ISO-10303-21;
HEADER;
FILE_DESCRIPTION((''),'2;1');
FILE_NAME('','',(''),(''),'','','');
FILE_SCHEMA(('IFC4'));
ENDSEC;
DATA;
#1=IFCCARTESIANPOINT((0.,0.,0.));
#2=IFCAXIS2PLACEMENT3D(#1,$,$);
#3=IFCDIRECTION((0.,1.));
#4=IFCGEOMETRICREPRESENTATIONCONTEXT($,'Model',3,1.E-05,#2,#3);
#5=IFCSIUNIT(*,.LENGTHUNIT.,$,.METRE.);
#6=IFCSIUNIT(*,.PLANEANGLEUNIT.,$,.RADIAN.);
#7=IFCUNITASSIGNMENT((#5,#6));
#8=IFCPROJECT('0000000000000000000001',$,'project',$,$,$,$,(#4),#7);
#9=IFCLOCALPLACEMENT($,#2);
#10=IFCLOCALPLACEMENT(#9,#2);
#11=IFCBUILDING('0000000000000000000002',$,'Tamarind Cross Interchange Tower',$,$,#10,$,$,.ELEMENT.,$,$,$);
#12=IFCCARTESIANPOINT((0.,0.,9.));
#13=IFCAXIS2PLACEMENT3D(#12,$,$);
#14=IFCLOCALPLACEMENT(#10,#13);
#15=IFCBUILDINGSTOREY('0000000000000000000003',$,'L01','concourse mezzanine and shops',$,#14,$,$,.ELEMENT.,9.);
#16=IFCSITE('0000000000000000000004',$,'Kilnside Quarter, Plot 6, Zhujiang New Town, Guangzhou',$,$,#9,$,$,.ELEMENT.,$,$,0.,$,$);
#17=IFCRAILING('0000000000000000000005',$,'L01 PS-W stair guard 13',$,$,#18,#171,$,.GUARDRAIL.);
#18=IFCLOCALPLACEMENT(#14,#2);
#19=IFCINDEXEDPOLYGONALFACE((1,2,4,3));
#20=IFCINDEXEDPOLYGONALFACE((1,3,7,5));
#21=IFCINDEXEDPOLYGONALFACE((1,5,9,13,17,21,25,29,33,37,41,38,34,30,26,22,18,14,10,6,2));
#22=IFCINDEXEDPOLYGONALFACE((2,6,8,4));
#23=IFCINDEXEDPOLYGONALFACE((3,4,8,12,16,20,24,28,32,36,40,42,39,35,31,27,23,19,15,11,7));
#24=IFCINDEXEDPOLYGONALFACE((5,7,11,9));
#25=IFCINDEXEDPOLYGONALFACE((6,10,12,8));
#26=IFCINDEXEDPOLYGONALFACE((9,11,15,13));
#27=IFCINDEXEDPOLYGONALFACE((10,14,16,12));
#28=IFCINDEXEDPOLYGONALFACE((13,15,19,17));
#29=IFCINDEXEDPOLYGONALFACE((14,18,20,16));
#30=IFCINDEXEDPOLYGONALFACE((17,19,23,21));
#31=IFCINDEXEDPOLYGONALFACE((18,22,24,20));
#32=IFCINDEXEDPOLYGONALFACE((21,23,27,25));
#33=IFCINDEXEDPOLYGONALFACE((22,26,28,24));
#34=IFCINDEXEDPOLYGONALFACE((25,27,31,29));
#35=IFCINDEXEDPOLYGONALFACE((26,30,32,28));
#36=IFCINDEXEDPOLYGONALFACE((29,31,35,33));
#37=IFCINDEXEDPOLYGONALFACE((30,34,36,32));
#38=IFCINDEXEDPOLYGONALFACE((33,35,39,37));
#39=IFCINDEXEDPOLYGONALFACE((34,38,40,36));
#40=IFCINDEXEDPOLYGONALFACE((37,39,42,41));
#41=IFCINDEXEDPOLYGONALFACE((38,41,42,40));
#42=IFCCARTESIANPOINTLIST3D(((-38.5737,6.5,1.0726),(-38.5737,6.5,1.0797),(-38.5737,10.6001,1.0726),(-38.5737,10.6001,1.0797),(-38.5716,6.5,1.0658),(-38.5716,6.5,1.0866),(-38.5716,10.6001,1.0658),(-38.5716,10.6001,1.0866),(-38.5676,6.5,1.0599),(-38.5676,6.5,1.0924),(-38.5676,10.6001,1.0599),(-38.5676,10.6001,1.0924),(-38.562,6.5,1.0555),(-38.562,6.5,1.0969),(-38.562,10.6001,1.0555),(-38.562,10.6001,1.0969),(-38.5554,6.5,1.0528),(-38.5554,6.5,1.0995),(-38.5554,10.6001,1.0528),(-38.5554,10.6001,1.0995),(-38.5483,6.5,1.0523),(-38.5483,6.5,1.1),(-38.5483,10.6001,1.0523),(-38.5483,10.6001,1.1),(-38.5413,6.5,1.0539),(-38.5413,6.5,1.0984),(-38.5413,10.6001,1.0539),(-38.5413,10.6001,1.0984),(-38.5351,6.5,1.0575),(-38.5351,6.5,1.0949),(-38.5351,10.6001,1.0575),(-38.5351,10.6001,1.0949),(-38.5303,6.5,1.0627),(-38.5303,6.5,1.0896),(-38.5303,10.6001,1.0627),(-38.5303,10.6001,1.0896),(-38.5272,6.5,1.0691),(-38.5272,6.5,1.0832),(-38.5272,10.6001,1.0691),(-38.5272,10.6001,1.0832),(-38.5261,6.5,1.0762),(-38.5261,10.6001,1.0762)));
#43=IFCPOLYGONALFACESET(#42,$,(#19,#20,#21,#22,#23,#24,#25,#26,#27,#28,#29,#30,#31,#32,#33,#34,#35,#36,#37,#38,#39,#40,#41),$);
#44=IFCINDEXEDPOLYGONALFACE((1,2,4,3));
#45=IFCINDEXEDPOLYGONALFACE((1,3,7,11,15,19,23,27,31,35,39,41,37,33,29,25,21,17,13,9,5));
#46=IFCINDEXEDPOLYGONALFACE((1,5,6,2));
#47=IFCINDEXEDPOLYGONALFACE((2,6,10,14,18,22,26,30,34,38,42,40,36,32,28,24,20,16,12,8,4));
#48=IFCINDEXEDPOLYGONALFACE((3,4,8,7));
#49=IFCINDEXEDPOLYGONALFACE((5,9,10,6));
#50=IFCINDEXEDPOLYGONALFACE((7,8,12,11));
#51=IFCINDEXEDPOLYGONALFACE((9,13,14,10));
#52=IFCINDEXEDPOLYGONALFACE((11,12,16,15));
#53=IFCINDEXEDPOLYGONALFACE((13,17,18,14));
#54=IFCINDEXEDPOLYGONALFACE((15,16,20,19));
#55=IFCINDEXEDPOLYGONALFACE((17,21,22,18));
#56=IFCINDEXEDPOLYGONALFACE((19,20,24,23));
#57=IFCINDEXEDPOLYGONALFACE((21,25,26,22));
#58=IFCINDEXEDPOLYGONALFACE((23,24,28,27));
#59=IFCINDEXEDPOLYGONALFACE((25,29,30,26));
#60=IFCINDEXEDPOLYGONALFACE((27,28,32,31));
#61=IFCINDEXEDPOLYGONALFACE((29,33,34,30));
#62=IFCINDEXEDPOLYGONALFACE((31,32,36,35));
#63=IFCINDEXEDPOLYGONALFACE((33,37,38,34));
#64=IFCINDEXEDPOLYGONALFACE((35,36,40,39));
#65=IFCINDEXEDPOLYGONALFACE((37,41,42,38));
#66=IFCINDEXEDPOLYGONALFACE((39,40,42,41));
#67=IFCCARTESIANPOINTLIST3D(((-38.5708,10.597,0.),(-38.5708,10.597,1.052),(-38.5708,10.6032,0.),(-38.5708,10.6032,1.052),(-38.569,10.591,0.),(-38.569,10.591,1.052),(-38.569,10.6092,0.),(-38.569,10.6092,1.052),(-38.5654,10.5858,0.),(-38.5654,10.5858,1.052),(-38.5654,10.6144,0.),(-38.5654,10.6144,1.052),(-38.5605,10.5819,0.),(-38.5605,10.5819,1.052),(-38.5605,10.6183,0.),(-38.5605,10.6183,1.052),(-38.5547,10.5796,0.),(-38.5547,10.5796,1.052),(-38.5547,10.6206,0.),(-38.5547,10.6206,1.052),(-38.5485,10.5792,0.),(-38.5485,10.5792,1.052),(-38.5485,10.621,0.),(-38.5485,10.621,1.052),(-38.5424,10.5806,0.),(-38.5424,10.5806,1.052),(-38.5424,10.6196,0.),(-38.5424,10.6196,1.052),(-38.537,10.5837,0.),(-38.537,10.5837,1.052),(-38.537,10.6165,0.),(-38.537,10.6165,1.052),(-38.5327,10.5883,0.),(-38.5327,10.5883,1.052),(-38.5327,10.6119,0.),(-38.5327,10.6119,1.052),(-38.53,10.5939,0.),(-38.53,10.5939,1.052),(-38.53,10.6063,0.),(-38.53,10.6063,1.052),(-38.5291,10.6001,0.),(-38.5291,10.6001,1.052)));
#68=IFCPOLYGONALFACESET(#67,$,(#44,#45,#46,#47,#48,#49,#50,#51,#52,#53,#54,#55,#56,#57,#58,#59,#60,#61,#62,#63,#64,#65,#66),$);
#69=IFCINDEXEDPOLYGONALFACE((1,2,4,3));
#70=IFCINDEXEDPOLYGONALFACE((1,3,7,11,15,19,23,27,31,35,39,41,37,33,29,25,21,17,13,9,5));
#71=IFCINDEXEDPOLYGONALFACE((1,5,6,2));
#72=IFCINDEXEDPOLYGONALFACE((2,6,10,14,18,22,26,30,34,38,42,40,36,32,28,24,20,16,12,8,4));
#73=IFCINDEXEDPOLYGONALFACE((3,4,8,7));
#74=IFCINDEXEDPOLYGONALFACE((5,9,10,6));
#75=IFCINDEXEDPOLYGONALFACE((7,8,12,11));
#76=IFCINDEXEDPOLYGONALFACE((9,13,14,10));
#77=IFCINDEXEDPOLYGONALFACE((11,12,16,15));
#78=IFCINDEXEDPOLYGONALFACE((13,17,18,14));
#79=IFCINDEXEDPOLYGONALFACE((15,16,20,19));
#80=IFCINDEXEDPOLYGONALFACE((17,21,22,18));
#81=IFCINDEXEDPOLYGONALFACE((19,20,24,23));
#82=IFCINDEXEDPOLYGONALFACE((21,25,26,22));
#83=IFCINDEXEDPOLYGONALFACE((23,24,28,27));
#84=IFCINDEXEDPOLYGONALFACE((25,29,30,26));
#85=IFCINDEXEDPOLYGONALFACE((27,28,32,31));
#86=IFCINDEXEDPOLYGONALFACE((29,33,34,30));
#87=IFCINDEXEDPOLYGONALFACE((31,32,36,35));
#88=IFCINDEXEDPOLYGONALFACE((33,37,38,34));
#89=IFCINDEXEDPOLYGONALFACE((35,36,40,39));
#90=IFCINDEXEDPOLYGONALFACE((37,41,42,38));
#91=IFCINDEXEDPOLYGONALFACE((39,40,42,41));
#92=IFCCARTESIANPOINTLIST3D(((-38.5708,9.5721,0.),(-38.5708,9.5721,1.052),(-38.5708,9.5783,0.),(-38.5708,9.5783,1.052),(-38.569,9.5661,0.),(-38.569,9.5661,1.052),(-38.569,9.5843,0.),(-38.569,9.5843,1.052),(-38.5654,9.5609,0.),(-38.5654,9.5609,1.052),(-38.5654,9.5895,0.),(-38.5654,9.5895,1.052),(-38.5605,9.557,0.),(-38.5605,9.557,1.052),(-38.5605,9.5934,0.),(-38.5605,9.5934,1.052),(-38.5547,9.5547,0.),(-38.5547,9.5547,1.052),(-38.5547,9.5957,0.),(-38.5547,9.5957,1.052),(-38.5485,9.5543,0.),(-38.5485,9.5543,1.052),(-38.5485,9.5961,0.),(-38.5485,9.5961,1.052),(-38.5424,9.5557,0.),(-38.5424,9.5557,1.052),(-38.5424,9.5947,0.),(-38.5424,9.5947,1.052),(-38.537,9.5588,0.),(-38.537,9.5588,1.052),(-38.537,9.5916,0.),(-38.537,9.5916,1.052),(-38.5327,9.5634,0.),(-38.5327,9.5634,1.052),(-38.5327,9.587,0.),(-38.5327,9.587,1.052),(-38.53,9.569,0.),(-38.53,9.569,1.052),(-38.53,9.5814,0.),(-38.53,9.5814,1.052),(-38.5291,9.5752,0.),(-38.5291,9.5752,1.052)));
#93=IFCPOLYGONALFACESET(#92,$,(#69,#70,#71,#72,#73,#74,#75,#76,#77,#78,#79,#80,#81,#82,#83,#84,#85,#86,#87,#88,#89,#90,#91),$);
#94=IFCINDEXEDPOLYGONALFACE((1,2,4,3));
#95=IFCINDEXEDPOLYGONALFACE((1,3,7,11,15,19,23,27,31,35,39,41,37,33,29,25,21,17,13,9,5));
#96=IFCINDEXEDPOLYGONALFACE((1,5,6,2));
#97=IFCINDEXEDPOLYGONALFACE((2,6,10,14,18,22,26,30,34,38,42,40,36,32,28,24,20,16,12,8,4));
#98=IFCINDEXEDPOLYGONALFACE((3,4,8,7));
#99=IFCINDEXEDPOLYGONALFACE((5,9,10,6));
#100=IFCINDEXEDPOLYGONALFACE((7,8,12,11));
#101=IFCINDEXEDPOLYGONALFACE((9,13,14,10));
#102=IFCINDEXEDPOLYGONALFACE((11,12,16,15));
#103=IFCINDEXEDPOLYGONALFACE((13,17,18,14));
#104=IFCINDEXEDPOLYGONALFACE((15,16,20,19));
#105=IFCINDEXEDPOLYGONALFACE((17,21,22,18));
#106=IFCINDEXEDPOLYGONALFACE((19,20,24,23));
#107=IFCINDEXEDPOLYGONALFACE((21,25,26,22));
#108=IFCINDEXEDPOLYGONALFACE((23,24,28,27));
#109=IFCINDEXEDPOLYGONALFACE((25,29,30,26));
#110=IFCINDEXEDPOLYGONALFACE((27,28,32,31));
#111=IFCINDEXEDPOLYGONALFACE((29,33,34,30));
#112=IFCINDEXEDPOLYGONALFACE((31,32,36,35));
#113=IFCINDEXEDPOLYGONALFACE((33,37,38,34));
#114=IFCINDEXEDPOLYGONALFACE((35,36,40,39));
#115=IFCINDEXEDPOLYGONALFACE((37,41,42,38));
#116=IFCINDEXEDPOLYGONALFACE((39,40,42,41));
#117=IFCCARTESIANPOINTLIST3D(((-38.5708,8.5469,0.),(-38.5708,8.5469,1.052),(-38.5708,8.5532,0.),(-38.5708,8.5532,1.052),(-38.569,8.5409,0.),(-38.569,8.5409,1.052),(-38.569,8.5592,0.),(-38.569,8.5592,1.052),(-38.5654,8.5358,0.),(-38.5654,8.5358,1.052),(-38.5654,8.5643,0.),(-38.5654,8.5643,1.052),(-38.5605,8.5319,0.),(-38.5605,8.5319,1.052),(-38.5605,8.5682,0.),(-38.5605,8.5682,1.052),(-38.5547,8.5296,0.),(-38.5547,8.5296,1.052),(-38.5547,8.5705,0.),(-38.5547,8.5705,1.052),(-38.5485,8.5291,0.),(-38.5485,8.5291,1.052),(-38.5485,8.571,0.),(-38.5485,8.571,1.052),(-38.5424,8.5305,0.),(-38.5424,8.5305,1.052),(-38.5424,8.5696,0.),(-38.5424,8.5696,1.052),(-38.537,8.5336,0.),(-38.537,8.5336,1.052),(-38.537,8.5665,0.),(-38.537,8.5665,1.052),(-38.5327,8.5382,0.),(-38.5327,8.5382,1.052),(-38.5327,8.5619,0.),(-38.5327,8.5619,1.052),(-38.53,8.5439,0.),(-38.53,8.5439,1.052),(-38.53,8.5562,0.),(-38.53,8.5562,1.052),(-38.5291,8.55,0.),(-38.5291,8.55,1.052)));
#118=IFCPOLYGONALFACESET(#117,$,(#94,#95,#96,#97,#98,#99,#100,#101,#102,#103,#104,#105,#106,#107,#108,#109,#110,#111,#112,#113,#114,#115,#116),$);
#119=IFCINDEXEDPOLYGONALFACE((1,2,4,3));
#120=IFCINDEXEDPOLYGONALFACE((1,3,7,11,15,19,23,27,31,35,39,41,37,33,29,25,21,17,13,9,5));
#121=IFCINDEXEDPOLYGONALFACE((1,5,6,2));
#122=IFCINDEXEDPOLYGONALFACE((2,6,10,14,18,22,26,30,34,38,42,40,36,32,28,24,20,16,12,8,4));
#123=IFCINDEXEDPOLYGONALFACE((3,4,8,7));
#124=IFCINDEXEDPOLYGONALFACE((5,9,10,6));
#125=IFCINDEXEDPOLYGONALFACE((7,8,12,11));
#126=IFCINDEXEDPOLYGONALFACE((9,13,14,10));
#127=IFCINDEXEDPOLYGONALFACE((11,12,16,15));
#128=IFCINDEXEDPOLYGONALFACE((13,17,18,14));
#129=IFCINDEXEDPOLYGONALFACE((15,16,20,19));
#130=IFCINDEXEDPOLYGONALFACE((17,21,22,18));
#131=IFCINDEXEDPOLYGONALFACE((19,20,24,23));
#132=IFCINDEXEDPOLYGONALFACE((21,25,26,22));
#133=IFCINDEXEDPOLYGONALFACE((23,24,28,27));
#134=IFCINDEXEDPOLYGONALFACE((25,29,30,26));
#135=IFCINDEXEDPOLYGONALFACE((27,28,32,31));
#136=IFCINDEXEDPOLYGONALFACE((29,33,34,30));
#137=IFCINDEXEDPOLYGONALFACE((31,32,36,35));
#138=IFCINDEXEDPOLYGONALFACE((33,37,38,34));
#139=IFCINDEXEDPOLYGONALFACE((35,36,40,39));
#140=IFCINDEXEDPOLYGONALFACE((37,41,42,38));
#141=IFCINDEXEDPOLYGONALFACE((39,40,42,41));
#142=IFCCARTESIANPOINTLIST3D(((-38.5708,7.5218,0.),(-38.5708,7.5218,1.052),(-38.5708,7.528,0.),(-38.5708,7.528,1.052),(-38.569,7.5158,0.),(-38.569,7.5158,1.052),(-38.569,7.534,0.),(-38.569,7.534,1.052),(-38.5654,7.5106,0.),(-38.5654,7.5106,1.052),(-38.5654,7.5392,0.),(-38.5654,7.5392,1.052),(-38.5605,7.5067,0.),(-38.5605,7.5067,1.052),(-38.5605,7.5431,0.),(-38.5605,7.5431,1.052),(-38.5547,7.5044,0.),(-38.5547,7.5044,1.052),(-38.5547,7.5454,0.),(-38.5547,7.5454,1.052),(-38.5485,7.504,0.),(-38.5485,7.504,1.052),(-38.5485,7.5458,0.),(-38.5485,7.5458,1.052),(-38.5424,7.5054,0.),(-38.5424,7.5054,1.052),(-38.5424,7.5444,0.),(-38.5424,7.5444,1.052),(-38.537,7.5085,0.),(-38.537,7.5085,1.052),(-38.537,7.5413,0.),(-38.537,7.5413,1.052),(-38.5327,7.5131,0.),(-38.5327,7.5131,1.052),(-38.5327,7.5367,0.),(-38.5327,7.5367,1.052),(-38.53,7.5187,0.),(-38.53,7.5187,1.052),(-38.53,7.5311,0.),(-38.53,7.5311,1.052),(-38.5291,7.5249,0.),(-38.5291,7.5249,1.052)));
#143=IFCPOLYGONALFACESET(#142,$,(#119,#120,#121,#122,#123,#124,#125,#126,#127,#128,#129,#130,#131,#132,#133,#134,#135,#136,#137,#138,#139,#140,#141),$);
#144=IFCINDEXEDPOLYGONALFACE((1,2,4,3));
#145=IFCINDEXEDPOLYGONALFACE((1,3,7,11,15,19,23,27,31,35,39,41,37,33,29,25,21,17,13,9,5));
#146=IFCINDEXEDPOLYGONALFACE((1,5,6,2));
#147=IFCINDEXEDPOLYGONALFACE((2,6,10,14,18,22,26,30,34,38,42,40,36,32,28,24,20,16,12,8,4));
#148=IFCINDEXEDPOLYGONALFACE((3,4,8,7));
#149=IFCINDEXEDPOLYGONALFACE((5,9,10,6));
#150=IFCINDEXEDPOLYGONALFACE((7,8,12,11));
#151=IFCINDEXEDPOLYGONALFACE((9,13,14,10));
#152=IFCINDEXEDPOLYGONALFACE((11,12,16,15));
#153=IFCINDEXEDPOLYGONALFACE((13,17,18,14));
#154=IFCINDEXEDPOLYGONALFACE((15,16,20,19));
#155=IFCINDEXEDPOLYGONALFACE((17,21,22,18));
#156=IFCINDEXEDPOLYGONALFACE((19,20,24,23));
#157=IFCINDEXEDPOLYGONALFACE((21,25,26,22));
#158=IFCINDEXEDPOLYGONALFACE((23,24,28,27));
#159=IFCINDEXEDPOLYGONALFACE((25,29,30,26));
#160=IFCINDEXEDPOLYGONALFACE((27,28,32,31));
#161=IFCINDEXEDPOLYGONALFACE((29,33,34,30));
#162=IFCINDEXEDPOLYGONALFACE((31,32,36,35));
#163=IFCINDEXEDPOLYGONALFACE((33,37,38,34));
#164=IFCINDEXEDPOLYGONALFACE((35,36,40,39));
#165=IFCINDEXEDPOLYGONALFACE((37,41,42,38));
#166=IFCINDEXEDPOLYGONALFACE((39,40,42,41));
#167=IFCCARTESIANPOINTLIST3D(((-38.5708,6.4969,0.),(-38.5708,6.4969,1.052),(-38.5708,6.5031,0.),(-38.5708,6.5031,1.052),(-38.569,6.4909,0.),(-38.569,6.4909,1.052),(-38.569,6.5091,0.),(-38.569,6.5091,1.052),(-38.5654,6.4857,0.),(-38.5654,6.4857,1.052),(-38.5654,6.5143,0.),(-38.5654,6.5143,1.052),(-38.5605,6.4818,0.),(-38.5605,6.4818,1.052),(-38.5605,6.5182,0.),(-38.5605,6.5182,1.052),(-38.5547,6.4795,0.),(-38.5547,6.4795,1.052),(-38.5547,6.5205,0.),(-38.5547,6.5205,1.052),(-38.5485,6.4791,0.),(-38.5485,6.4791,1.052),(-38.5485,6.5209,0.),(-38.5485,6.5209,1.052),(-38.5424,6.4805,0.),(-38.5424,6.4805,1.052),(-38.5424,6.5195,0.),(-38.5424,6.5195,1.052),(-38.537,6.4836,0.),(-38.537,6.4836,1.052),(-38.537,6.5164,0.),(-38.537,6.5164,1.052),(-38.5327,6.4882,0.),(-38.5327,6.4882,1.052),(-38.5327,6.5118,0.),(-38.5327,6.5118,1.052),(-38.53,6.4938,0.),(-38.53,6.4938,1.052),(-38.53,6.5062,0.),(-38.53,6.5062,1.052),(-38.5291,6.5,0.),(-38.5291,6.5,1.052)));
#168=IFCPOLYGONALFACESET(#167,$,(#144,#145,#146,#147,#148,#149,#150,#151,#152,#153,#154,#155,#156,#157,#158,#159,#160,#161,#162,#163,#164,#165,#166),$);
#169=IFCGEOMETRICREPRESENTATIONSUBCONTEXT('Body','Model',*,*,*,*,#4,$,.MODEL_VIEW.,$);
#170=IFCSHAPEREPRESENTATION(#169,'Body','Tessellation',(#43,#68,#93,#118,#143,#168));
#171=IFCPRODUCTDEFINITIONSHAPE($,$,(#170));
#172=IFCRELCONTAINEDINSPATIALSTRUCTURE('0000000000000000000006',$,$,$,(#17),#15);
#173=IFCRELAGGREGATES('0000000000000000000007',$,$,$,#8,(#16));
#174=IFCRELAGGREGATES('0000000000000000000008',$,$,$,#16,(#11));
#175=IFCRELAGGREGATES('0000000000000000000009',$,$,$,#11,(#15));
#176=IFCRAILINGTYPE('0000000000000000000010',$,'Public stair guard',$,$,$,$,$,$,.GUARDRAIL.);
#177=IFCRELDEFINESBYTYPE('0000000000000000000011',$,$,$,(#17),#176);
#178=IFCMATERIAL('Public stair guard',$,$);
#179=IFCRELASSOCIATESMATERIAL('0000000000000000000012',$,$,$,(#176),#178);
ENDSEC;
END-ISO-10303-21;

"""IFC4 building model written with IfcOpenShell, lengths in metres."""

from ifc_helpers import new_model, si_unit, direction, frame, origin, origin_2d, place, context, subcontext, project, spatial, circle, extrude, material, type_object, element, save


model = new_model("IFC4")

# Units and contexts
model_context = context("Model", 3, precision=1e-05, world=origin(), true_north=direction((0.0, 1.0)))
body_context = subcontext(model_context, "Body", "Model", "MODEL_VIEW")
ifc_project = project(units=[si_unit("LENGTHUNIT", "METRE"), si_unit("PLANEANGLEUNIT", "RADIAN")], contexts=[model_context])

# Site, building, storey
site_placement = place(None, origin())
site = spatial("IfcSite", under=ifc_project, at=site_placement, Name="Kilnside Quarter, Plot 6, Zhujiang New Town, Guangzhou", CompositionType="ELEMENT", RefElevation=0.0)
building_placement = place(site_placement, origin())
building = spatial("IfcBuilding", under=site, at=building_placement, Name="Tamarind Cross Interchange Tower", CompositionType="ELEMENT")
storey_placement = place(building_placement, frame((0.0, 0.0, 9.0)))
storey = spatial("IfcBuildingStorey", under=building, at=storey_placement, Name="L01", Description="concourse mezzanine and shops", CompositionType="ELEMENT", Elevation=9.0)

# Railing
ifc_material_1 = material(Name="Public stair guard")
railing_type_1 = type_object("IfcRailingType", Name="Public stair guard", PredefinedType="GUARDRAIL", material=ifc_material_1)
railing_1_placement = place(storey_placement, frame((-38.55, 10.6001, 0.0)))
element("IfcRailing", 1, at=railing_1_placement, inside=storey, type_object=railing_type_1, Name="L01 PS-W stair guard 13", PredefinedType="GUARDRAIL", context=body_context, shape_type="SweptSolid", body=[
    extrude(circle(Radius=0.0239, at=origin_2d()), frame((0.0, 0.0, 1.0762), z_axis=(0.0, -1.0, 0.0), x_axis=(1.0, 0.0, 0.0)), (0.0, 0.0, 1.0), 4.1001),
    extrude(circle(Radius=0.021, at=origin_2d()), origin(), (0.0, 0.0, 1.0), 1.052),
    extrude(circle(Radius=0.021, at=origin_2d()), frame((0.0, -1.0249, 0.0)), (0.0, 0.0, 1.0), 1.052),
    extrude(circle(Radius=0.021, at=origin_2d()), frame((0.0, -2.05, 0.0)), (0.0, 0.0, 1.0), 1.052),
    extrude(circle(Radius=0.021, at=origin_2d()), frame((0.0, -3.0752, 0.0)), (0.0, 0.0, 1.0), 1.052),
    extrude(circle(Radius=0.021, at=origin_2d()), frame((0.0, -4.1001, 0.0)), (0.0, 0.0, 1.0), 1.052),
])

save(model, "model.ifc")
